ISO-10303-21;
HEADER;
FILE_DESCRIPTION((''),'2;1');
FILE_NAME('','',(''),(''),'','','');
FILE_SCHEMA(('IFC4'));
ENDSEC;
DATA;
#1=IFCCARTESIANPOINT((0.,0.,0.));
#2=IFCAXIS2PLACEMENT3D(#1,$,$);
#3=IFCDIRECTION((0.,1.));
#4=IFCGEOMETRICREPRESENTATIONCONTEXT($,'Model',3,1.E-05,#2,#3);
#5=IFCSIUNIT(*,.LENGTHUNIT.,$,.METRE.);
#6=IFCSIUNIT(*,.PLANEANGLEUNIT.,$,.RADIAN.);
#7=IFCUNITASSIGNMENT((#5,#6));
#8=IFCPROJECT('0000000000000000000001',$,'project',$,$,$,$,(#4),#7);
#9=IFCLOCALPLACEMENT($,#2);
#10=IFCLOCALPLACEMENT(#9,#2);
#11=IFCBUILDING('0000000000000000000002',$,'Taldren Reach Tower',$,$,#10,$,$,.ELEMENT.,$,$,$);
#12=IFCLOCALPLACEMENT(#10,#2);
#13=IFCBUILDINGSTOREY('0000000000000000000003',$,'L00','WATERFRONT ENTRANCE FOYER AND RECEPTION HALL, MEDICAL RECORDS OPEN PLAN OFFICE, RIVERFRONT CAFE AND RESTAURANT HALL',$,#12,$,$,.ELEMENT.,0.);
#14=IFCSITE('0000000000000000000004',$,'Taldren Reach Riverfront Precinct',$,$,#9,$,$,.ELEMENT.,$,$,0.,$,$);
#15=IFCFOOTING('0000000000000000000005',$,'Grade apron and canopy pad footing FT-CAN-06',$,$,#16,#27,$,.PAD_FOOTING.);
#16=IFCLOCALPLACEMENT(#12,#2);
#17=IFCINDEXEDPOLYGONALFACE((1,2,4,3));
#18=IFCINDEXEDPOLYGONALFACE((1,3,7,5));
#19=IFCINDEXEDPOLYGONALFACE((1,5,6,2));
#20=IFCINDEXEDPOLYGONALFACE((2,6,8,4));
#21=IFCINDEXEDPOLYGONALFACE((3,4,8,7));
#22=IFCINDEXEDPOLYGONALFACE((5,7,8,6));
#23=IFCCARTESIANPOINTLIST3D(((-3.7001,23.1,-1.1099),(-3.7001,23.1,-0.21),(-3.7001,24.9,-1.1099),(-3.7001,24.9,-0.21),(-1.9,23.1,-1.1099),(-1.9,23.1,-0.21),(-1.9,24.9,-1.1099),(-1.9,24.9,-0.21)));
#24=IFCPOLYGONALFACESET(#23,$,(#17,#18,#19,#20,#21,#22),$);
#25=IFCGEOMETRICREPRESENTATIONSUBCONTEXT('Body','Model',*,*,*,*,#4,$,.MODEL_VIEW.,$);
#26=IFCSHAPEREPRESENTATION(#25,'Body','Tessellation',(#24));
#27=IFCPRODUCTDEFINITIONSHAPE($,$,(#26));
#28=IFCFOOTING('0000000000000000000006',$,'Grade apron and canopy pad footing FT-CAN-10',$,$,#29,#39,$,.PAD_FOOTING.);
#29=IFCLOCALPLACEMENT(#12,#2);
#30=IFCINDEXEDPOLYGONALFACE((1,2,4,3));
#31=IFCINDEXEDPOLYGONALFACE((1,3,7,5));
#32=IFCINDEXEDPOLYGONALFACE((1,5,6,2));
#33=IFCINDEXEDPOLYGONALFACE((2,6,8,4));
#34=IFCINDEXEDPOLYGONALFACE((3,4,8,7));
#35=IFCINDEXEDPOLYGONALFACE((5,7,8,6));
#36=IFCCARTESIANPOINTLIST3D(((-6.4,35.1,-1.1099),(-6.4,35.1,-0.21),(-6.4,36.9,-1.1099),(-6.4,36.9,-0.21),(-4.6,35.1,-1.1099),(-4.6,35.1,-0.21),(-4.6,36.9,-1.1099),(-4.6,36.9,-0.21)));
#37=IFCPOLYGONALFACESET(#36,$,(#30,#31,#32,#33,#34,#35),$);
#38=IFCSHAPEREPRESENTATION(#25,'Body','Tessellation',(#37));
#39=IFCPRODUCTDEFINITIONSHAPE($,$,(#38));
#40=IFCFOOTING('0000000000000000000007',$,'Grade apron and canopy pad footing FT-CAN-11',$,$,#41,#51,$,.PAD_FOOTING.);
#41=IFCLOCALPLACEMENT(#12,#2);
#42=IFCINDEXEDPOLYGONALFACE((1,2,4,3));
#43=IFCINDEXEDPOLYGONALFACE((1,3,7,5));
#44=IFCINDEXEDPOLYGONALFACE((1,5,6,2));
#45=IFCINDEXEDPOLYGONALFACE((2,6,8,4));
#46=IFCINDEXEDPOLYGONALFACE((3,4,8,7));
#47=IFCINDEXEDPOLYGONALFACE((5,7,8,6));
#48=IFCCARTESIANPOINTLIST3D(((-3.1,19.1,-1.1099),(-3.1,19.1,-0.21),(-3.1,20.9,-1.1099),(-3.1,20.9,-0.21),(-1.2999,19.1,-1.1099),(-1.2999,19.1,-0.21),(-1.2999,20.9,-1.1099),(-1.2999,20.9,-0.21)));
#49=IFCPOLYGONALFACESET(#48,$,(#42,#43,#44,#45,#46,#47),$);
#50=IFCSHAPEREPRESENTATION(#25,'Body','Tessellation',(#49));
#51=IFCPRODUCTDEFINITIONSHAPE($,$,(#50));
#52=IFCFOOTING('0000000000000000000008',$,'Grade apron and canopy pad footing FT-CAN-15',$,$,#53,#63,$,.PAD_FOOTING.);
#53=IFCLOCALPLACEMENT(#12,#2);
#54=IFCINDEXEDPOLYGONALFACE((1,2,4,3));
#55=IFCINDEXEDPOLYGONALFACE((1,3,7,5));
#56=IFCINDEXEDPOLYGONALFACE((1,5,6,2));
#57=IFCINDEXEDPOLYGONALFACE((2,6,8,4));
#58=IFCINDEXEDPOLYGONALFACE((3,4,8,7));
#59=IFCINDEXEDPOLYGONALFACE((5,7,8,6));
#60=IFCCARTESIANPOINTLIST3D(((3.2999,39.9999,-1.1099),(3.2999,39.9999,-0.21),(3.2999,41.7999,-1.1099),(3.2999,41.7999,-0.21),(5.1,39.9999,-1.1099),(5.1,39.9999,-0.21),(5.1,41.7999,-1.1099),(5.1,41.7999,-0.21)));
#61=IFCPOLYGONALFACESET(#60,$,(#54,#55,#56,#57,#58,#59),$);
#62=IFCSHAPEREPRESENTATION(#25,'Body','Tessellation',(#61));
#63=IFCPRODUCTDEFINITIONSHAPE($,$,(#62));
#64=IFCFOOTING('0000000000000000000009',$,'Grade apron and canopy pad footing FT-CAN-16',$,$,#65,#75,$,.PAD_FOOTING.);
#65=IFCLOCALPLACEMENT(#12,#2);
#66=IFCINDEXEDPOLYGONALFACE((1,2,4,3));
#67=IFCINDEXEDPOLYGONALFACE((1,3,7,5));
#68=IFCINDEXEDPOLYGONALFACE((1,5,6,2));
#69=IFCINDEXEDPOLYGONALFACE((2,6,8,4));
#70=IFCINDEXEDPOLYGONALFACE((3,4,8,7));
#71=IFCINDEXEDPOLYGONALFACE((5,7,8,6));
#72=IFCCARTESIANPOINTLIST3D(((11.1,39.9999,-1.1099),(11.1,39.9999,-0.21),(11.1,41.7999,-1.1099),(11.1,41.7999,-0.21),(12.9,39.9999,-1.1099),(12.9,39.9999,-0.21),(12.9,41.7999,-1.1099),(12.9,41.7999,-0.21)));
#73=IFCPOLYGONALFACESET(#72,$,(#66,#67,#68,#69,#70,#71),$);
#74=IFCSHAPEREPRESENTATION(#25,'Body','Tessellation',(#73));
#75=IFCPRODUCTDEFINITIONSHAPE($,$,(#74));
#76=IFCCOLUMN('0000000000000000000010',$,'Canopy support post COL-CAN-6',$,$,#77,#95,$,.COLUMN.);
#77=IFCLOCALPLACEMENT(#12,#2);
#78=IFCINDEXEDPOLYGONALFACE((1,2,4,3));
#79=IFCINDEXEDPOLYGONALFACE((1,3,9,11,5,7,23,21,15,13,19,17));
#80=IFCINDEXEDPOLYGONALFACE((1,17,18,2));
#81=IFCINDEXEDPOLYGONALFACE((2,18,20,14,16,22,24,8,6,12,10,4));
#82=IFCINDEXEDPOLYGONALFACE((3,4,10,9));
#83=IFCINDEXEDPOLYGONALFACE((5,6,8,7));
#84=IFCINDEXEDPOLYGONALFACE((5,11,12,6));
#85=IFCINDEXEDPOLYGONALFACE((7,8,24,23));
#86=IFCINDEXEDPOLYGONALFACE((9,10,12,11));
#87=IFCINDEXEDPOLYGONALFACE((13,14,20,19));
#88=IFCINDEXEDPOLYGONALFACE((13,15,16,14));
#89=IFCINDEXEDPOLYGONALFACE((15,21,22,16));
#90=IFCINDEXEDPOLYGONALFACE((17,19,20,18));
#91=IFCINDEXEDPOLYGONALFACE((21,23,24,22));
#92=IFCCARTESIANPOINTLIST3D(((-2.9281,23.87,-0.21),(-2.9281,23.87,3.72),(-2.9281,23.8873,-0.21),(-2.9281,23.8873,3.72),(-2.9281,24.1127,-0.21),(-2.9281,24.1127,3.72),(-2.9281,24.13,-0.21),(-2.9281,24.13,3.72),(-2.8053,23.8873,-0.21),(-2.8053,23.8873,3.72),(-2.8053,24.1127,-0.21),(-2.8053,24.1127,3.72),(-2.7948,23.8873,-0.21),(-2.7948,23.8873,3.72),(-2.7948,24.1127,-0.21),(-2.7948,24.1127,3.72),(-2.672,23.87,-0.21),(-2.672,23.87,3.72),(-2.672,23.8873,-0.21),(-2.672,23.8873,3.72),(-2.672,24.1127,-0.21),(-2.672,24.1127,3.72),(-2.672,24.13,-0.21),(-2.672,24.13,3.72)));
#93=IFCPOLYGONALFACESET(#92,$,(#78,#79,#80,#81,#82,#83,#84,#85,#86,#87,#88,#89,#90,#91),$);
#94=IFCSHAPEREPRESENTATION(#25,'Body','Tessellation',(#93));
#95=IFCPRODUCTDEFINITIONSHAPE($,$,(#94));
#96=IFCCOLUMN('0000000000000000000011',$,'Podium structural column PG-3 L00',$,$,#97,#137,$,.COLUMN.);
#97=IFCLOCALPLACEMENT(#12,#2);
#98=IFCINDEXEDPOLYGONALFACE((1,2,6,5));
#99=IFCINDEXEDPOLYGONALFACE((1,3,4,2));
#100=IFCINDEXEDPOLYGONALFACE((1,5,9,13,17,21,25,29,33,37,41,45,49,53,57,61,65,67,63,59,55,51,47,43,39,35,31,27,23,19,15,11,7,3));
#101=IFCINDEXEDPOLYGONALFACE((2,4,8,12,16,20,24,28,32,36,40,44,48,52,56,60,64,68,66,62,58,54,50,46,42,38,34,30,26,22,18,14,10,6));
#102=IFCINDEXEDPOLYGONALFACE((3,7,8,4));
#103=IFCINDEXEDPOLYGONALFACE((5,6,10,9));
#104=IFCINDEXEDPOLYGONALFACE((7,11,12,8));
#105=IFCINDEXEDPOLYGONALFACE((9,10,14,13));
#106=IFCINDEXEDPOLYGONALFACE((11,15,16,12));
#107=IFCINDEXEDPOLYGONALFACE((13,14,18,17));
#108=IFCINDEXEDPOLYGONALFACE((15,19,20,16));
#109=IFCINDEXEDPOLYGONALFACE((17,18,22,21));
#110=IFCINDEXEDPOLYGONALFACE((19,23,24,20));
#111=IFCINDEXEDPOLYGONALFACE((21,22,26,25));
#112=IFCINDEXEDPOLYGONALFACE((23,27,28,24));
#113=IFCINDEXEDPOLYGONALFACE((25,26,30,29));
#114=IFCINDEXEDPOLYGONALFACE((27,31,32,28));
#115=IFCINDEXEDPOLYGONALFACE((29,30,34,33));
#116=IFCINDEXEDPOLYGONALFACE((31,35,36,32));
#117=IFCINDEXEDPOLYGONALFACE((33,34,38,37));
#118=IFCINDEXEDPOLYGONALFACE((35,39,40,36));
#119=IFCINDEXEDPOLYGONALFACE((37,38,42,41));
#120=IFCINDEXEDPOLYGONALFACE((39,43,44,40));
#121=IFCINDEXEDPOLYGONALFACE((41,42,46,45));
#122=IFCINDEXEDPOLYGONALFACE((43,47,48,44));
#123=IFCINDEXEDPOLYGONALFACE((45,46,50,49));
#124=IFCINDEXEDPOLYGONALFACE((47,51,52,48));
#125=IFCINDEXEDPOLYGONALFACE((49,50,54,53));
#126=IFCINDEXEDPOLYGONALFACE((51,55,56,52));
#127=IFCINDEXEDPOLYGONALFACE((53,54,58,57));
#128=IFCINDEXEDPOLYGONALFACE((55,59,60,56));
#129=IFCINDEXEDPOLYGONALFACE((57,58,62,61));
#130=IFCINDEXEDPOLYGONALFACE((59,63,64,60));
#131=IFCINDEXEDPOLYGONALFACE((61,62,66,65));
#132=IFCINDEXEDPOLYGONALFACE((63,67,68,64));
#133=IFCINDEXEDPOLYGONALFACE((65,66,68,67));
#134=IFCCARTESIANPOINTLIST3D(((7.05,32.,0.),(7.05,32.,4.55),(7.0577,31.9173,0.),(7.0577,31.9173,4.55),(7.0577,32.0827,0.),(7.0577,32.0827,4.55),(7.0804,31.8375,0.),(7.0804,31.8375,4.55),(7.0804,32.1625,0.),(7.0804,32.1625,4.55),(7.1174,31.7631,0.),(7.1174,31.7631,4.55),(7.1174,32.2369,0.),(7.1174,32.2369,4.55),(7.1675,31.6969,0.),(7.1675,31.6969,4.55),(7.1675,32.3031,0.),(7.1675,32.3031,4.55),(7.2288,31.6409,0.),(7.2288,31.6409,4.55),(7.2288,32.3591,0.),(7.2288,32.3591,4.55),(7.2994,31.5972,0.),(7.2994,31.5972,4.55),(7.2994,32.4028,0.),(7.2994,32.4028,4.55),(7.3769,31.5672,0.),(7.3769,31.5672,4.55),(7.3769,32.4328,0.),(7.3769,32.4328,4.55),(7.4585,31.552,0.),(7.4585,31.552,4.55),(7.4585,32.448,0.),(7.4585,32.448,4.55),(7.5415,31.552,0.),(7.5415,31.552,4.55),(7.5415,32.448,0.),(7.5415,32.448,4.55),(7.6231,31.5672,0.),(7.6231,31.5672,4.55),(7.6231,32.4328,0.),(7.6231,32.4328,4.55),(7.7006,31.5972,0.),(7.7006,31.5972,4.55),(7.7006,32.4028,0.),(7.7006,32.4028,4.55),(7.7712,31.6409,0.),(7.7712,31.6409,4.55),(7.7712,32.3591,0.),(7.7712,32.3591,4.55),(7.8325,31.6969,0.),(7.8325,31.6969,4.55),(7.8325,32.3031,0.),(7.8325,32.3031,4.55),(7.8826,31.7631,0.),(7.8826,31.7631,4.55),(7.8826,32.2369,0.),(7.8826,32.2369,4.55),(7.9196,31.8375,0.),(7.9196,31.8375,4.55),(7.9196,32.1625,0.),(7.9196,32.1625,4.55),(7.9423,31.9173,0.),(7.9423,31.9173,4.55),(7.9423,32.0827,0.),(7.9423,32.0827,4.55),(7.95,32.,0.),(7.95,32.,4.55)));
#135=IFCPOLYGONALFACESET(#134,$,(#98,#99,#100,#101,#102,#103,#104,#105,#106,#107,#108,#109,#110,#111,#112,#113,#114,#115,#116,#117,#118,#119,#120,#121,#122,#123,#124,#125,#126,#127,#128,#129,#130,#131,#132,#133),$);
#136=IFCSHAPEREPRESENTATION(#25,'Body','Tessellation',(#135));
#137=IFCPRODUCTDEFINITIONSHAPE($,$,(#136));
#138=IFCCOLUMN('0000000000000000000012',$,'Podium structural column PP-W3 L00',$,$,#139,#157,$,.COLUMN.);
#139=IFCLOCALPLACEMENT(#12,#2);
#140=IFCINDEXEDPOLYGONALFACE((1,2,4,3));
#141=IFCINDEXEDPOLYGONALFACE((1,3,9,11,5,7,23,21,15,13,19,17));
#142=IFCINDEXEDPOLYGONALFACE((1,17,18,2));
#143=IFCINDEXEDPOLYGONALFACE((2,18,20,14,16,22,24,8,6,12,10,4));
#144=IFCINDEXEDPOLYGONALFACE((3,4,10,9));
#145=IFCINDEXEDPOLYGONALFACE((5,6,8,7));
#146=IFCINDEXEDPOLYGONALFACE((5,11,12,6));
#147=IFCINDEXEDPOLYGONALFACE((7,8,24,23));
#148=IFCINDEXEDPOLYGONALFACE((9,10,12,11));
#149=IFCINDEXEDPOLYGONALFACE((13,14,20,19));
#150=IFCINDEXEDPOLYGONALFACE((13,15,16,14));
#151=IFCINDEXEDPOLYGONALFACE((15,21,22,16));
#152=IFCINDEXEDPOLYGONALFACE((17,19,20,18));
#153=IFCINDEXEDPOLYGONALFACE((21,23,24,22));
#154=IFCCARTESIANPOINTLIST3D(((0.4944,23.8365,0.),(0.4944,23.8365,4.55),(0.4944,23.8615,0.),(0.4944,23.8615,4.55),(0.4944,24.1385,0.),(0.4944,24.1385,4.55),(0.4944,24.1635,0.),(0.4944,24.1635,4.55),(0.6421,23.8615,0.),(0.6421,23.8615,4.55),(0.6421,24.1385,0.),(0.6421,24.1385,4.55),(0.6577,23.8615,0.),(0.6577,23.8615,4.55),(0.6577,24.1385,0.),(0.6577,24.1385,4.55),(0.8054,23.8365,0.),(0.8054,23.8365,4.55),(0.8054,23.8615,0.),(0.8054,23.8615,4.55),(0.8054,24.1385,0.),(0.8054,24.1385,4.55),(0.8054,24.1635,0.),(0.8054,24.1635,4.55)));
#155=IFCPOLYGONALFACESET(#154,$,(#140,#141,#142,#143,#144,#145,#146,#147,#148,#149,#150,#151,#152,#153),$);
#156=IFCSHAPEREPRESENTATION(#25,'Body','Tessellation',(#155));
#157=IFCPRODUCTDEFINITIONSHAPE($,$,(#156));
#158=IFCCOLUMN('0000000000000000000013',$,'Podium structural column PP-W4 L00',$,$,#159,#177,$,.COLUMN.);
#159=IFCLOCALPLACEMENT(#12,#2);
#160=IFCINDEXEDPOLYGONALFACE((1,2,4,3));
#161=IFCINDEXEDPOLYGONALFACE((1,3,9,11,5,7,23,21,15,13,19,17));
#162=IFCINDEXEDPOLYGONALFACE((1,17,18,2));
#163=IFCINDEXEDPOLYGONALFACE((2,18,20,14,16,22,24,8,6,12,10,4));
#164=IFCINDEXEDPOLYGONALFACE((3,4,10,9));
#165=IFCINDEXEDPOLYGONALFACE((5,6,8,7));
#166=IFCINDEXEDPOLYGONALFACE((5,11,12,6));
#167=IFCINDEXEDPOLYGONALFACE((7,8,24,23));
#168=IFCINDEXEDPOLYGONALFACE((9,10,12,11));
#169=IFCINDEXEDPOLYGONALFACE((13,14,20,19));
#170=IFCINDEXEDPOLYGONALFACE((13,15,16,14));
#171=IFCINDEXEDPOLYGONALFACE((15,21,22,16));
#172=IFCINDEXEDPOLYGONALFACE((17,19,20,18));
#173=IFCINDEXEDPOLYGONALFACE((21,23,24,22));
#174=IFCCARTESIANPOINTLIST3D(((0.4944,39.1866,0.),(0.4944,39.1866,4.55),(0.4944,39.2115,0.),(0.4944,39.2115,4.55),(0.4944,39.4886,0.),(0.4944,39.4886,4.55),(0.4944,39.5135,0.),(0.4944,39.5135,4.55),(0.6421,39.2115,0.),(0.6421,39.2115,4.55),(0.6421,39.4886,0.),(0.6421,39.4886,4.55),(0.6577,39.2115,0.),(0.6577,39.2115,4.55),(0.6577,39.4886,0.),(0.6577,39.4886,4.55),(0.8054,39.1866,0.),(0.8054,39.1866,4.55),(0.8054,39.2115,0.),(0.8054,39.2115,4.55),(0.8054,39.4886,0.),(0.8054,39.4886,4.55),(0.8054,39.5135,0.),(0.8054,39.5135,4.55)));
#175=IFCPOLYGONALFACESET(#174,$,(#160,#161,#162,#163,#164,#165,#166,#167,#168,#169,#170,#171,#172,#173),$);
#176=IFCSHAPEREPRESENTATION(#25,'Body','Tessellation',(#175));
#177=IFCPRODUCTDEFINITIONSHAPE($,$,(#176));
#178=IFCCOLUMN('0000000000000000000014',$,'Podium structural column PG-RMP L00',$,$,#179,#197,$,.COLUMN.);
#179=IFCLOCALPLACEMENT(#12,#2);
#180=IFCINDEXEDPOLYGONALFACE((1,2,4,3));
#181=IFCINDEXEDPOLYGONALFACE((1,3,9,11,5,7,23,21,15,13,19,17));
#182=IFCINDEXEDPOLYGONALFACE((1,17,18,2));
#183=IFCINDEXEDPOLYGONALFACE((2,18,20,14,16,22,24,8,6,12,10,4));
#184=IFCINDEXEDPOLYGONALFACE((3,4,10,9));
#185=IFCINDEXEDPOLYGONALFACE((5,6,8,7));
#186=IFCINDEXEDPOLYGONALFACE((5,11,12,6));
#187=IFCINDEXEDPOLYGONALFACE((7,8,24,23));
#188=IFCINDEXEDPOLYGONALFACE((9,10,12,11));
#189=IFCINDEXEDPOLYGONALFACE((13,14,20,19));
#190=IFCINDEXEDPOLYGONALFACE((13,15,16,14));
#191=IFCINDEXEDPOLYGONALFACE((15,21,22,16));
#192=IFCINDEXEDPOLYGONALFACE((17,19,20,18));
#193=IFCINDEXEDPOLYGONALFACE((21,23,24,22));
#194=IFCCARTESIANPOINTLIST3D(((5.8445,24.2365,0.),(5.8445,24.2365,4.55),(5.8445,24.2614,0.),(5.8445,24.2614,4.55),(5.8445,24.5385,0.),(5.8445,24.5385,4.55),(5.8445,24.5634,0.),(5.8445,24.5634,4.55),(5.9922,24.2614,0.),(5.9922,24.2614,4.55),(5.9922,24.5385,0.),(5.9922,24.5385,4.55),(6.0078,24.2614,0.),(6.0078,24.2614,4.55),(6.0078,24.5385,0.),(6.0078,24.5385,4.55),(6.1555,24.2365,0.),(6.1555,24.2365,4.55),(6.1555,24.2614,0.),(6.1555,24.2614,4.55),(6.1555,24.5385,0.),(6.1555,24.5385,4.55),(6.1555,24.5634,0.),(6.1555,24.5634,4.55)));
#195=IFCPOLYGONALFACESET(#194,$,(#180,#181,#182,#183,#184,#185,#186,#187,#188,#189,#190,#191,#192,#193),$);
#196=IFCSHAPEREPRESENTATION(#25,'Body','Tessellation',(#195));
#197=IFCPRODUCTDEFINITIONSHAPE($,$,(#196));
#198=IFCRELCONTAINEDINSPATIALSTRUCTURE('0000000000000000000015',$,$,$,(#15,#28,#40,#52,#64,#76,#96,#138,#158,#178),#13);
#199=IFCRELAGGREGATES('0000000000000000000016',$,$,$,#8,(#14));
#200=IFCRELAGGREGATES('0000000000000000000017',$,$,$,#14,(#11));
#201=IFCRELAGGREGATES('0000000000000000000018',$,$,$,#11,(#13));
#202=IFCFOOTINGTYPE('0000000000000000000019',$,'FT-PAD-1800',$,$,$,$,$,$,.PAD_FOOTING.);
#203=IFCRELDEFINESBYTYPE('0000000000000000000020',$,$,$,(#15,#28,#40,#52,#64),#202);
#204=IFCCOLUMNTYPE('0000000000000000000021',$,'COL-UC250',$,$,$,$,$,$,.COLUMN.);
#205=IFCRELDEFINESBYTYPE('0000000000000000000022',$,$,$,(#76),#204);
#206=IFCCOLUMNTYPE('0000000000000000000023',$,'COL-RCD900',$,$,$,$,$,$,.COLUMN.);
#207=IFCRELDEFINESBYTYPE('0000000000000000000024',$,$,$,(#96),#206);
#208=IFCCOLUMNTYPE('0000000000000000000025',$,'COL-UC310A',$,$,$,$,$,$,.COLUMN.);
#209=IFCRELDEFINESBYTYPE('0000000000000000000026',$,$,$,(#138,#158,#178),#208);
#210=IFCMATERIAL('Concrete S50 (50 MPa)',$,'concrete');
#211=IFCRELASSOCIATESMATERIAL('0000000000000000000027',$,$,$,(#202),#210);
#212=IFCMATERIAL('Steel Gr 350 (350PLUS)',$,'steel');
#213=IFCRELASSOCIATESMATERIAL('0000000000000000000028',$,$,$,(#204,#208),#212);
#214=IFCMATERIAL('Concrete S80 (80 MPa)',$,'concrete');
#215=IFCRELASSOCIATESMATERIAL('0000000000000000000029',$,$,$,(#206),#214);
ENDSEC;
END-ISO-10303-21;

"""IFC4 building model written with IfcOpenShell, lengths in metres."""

from ifc_helpers import new_model, si_unit, direction, frame, origin, origin_2d, place, context, subcontext, project, spatial, rectangle, circle, i_section, extrude, source, transform, mapped, material, material_profile, profile_set, type_object, element, save


model = new_model("IFC4")

# Units and contexts
model_context = context("Model", 3, precision=1e-05, world=origin(), true_north=direction((0.0, 1.0)))
body_context = subcontext(model_context, "Body", "Model", "MODEL_VIEW")
ifc_project = project(units=[si_unit("LENGTHUNIT", "METRE"), si_unit("PLANEANGLEUNIT", "RADIAN")], contexts=[model_context])

# Site, building, storey
site_placement = place(None, origin())
site = spatial("IfcSite", under=ifc_project, at=site_placement, Name="Taldren Reach Riverfront Precinct", CompositionType="ELEMENT", RefElevation=0.0)
building_placement = place(site_placement, origin())
building = spatial("IfcBuilding", under=site, at=building_placement, Name="Taldren Reach Tower", CompositionType="ELEMENT")
storey_placement = place(building_placement, origin())
storey = spatial("IfcBuildingStorey", under=building, at=storey_placement, Name="L00", Description="WATERFRONT ENTRANCE FOYER AND RECEPTION HALL, MEDICAL RECORDS OPEN PLAN OFFICE, RIVERFRONT CAFE AND RESTAURANT HALL", CompositionType="ELEMENT", Elevation=0.0)

# Footings
ifc_material_1 = material(Name="Concrete S50 (50 MPa)", Category="concrete")
footing_type = type_object("IfcFootingType", Name="FT-PAD-1800", PredefinedType="PAD_FOOTING", material=ifc_material_1)
shared_shape_1 = source(origin(), body_context, "Body", "SweptSolid", [
    extrude(rectangle(XDim=1.8, YDim=1.8, at=origin_2d()), origin(), (0.0, 0.0, 1.0), 0.8999),
])
for number, where, z_axis, x_axis, name in (
    (1, (-2.8, 24.0, -1.1099), (0.0, 0.0, 1.0), (1.0, 0.0, 0.0), "Grade apron and canopy pad footing FT-CAN-06"),
    (2, (-5.5, 36.0, -1.1099), (0.0, 0.0, 1.0), (1.0, 0.0, 0.0), "Grade apron and canopy pad footing FT-CAN-10"),
    (3, (-2.2, 20.0, -1.1099), (0.0, 0.0, 1.0), (1.0, 0.0, 0.0), "Grade apron and canopy pad footing FT-CAN-11"),
    (4, (4.2, 40.8999, -1.1099), (0.0, 0.0, 1.0), (1.0, 0.0, 0.0), "Grade apron and canopy pad footing FT-CAN-15"),
    (5, (12.0, 40.8999, -1.1099), (0.0, 0.0, 1.0), (1.0, 0.0, 0.0), "Grade apron and canopy pad footing FT-CAN-16"),
):
    element("IfcFooting", number, at=place(storey_placement, frame(where, z_axis=z_axis, x_axis=x_axis)), inside=storey, type_object=footing_type, Name=name, PredefinedType="PAD_FOOTING", context=body_context, shape_type="MappedRepresentation", body=[
        mapped(shared_shape_1, transform((0.0, 0.0, 0.0), scale=1.0)),
    ])

# Columns
ifc_material_2 = material(Name="Steel Gr 350 (350PLUS)", Category="steel")
ifc_material_profile_1 = material_profile(ifc_material_2, i_section(OverallWidth=0.2561, OverallDepth=0.26, WebThickness=0.0105, FlangeThickness=0.0173, at=origin_2d()), Name="250UC89.5")
ifc_profile_set_1 = profile_set([ifc_material_profile_1], Name="Steel Gr 350 (350PLUS)")
column_type_1 = type_object("IfcColumnType", Name="COL-UC250", PredefinedType="COLUMN", material=ifc_profile_set_1)
shared_shape_2 = source(origin(), body_context, "Body", "SweptSolid", [
    extrude(i_section(OverallWidth=0.2561, OverallDepth=0.26, WebThickness=0.0105, FlangeThickness=0.0173, at=origin_2d()), origin(), (0.0, 0.0, 1.0), 3.9299),
])
column_1_placement = place(storey_placement, frame((-2.8, 24.0, -0.21), z_axis=(0.0, 0.0, 1.0), x_axis=(1.0, 0.0, 0.0)))
element("IfcColumn", 6, at=column_1_placement, inside=storey, type_object=column_type_1, Name="Canopy support post COL-CAN-6", PredefinedType="COLUMN", context=body_context, shape_type="MappedRepresentation", body=[
    mapped(shared_shape_2, transform((0.0, 0.0, 0.0), scale=1.0)),
])
ifc_material_3 = material(Name="Concrete S80 (80 MPa)", Category="concrete")
ifc_material_profile_2 = material_profile(ifc_material_3, circle(Radius=0.45, at=origin_2d()), Name="RC-900D")
ifc_profile_set_2 = profile_set([ifc_material_profile_2], Name="Concrete S80 (80 MPa)")
column_type_2 = type_object("IfcColumnType", Name="COL-RCD900", PredefinedType="COLUMN", material=ifc_profile_set_2)
shared_shape_3 = source(origin(), body_context, "Body", "SweptSolid", [
    extrude(circle(Radius=0.45, at=origin_2d()), origin(), (0.0, 0.0, 1.0), 4.55),
])
column_2_placement = place(storey_placement, frame((7.5, 32.0, 0.0), z_axis=(0.0, 0.0, 1.0), x_axis=(1.0, 0.0, 0.0)))
element("IfcColumn", 7, at=column_2_placement, inside=storey, type_object=column_type_2, Name="Podium structural column PG-3 L00", PredefinedType="COLUMN", context=body_context, shape_type="MappedRepresentation", body=[
    mapped(shared_shape_3, transform((0.0, 0.0, 0.0), scale=1.0)),
])
ifc_material_profile_3 = material_profile(ifc_material_2, i_section(OverallWidth=0.311, OverallDepth=0.3269, WebThickness=0.0156, FlangeThickness=0.0249, at=origin_2d()), Name="310UC158")
ifc_profile_set_3 = profile_set([ifc_material_profile_3], Name="Steel Gr 350 (350PLUS)")
column_type_3 = type_object("IfcColumnType", Name="COL-UC310A", PredefinedType="COLUMN", material=ifc_profile_set_3)
shared_shape_4 = source(origin(), body_context, "Body", "SweptSolid", [
    extrude(i_section(OverallWidth=0.311, OverallDepth=0.3269, WebThickness=0.0156, FlangeThickness=0.0249, at=origin_2d()), origin(), (0.0, 0.0, 1.0), 4.55),
])
for number, where, z_axis, x_axis, name in (
    (8, (0.6499, 24.0, 0.0), (0.0, 0.0, 1.0), (1.0, 0.0, 0.0), "Podium structural column PP-W3 L00"),
    (9, (0.6499, 39.3501, 0.0), (0.0, 0.0, 1.0), (1.0, 0.0, 0.0), "Podium structural column PP-W4 L00"),
    (10, (6.0, 24.3999, 0.0), (0.0, 0.0, 1.0), (1.0, 0.0, 0.0), "Podium structural column PG-RMP L00"),
):
    element("IfcColumn", number, at=place(storey_placement, frame(where, z_axis=z_axis, x_axis=x_axis)), inside=storey, type_object=column_type_3, Name=name, PredefinedType="COLUMN", context=body_context, shape_type="MappedRepresentation", body=[
        mapped(shared_shape_4, transform((0.0, 0.0, 0.0), scale=1.0)),
    ])

save(model, "model.ifc")
